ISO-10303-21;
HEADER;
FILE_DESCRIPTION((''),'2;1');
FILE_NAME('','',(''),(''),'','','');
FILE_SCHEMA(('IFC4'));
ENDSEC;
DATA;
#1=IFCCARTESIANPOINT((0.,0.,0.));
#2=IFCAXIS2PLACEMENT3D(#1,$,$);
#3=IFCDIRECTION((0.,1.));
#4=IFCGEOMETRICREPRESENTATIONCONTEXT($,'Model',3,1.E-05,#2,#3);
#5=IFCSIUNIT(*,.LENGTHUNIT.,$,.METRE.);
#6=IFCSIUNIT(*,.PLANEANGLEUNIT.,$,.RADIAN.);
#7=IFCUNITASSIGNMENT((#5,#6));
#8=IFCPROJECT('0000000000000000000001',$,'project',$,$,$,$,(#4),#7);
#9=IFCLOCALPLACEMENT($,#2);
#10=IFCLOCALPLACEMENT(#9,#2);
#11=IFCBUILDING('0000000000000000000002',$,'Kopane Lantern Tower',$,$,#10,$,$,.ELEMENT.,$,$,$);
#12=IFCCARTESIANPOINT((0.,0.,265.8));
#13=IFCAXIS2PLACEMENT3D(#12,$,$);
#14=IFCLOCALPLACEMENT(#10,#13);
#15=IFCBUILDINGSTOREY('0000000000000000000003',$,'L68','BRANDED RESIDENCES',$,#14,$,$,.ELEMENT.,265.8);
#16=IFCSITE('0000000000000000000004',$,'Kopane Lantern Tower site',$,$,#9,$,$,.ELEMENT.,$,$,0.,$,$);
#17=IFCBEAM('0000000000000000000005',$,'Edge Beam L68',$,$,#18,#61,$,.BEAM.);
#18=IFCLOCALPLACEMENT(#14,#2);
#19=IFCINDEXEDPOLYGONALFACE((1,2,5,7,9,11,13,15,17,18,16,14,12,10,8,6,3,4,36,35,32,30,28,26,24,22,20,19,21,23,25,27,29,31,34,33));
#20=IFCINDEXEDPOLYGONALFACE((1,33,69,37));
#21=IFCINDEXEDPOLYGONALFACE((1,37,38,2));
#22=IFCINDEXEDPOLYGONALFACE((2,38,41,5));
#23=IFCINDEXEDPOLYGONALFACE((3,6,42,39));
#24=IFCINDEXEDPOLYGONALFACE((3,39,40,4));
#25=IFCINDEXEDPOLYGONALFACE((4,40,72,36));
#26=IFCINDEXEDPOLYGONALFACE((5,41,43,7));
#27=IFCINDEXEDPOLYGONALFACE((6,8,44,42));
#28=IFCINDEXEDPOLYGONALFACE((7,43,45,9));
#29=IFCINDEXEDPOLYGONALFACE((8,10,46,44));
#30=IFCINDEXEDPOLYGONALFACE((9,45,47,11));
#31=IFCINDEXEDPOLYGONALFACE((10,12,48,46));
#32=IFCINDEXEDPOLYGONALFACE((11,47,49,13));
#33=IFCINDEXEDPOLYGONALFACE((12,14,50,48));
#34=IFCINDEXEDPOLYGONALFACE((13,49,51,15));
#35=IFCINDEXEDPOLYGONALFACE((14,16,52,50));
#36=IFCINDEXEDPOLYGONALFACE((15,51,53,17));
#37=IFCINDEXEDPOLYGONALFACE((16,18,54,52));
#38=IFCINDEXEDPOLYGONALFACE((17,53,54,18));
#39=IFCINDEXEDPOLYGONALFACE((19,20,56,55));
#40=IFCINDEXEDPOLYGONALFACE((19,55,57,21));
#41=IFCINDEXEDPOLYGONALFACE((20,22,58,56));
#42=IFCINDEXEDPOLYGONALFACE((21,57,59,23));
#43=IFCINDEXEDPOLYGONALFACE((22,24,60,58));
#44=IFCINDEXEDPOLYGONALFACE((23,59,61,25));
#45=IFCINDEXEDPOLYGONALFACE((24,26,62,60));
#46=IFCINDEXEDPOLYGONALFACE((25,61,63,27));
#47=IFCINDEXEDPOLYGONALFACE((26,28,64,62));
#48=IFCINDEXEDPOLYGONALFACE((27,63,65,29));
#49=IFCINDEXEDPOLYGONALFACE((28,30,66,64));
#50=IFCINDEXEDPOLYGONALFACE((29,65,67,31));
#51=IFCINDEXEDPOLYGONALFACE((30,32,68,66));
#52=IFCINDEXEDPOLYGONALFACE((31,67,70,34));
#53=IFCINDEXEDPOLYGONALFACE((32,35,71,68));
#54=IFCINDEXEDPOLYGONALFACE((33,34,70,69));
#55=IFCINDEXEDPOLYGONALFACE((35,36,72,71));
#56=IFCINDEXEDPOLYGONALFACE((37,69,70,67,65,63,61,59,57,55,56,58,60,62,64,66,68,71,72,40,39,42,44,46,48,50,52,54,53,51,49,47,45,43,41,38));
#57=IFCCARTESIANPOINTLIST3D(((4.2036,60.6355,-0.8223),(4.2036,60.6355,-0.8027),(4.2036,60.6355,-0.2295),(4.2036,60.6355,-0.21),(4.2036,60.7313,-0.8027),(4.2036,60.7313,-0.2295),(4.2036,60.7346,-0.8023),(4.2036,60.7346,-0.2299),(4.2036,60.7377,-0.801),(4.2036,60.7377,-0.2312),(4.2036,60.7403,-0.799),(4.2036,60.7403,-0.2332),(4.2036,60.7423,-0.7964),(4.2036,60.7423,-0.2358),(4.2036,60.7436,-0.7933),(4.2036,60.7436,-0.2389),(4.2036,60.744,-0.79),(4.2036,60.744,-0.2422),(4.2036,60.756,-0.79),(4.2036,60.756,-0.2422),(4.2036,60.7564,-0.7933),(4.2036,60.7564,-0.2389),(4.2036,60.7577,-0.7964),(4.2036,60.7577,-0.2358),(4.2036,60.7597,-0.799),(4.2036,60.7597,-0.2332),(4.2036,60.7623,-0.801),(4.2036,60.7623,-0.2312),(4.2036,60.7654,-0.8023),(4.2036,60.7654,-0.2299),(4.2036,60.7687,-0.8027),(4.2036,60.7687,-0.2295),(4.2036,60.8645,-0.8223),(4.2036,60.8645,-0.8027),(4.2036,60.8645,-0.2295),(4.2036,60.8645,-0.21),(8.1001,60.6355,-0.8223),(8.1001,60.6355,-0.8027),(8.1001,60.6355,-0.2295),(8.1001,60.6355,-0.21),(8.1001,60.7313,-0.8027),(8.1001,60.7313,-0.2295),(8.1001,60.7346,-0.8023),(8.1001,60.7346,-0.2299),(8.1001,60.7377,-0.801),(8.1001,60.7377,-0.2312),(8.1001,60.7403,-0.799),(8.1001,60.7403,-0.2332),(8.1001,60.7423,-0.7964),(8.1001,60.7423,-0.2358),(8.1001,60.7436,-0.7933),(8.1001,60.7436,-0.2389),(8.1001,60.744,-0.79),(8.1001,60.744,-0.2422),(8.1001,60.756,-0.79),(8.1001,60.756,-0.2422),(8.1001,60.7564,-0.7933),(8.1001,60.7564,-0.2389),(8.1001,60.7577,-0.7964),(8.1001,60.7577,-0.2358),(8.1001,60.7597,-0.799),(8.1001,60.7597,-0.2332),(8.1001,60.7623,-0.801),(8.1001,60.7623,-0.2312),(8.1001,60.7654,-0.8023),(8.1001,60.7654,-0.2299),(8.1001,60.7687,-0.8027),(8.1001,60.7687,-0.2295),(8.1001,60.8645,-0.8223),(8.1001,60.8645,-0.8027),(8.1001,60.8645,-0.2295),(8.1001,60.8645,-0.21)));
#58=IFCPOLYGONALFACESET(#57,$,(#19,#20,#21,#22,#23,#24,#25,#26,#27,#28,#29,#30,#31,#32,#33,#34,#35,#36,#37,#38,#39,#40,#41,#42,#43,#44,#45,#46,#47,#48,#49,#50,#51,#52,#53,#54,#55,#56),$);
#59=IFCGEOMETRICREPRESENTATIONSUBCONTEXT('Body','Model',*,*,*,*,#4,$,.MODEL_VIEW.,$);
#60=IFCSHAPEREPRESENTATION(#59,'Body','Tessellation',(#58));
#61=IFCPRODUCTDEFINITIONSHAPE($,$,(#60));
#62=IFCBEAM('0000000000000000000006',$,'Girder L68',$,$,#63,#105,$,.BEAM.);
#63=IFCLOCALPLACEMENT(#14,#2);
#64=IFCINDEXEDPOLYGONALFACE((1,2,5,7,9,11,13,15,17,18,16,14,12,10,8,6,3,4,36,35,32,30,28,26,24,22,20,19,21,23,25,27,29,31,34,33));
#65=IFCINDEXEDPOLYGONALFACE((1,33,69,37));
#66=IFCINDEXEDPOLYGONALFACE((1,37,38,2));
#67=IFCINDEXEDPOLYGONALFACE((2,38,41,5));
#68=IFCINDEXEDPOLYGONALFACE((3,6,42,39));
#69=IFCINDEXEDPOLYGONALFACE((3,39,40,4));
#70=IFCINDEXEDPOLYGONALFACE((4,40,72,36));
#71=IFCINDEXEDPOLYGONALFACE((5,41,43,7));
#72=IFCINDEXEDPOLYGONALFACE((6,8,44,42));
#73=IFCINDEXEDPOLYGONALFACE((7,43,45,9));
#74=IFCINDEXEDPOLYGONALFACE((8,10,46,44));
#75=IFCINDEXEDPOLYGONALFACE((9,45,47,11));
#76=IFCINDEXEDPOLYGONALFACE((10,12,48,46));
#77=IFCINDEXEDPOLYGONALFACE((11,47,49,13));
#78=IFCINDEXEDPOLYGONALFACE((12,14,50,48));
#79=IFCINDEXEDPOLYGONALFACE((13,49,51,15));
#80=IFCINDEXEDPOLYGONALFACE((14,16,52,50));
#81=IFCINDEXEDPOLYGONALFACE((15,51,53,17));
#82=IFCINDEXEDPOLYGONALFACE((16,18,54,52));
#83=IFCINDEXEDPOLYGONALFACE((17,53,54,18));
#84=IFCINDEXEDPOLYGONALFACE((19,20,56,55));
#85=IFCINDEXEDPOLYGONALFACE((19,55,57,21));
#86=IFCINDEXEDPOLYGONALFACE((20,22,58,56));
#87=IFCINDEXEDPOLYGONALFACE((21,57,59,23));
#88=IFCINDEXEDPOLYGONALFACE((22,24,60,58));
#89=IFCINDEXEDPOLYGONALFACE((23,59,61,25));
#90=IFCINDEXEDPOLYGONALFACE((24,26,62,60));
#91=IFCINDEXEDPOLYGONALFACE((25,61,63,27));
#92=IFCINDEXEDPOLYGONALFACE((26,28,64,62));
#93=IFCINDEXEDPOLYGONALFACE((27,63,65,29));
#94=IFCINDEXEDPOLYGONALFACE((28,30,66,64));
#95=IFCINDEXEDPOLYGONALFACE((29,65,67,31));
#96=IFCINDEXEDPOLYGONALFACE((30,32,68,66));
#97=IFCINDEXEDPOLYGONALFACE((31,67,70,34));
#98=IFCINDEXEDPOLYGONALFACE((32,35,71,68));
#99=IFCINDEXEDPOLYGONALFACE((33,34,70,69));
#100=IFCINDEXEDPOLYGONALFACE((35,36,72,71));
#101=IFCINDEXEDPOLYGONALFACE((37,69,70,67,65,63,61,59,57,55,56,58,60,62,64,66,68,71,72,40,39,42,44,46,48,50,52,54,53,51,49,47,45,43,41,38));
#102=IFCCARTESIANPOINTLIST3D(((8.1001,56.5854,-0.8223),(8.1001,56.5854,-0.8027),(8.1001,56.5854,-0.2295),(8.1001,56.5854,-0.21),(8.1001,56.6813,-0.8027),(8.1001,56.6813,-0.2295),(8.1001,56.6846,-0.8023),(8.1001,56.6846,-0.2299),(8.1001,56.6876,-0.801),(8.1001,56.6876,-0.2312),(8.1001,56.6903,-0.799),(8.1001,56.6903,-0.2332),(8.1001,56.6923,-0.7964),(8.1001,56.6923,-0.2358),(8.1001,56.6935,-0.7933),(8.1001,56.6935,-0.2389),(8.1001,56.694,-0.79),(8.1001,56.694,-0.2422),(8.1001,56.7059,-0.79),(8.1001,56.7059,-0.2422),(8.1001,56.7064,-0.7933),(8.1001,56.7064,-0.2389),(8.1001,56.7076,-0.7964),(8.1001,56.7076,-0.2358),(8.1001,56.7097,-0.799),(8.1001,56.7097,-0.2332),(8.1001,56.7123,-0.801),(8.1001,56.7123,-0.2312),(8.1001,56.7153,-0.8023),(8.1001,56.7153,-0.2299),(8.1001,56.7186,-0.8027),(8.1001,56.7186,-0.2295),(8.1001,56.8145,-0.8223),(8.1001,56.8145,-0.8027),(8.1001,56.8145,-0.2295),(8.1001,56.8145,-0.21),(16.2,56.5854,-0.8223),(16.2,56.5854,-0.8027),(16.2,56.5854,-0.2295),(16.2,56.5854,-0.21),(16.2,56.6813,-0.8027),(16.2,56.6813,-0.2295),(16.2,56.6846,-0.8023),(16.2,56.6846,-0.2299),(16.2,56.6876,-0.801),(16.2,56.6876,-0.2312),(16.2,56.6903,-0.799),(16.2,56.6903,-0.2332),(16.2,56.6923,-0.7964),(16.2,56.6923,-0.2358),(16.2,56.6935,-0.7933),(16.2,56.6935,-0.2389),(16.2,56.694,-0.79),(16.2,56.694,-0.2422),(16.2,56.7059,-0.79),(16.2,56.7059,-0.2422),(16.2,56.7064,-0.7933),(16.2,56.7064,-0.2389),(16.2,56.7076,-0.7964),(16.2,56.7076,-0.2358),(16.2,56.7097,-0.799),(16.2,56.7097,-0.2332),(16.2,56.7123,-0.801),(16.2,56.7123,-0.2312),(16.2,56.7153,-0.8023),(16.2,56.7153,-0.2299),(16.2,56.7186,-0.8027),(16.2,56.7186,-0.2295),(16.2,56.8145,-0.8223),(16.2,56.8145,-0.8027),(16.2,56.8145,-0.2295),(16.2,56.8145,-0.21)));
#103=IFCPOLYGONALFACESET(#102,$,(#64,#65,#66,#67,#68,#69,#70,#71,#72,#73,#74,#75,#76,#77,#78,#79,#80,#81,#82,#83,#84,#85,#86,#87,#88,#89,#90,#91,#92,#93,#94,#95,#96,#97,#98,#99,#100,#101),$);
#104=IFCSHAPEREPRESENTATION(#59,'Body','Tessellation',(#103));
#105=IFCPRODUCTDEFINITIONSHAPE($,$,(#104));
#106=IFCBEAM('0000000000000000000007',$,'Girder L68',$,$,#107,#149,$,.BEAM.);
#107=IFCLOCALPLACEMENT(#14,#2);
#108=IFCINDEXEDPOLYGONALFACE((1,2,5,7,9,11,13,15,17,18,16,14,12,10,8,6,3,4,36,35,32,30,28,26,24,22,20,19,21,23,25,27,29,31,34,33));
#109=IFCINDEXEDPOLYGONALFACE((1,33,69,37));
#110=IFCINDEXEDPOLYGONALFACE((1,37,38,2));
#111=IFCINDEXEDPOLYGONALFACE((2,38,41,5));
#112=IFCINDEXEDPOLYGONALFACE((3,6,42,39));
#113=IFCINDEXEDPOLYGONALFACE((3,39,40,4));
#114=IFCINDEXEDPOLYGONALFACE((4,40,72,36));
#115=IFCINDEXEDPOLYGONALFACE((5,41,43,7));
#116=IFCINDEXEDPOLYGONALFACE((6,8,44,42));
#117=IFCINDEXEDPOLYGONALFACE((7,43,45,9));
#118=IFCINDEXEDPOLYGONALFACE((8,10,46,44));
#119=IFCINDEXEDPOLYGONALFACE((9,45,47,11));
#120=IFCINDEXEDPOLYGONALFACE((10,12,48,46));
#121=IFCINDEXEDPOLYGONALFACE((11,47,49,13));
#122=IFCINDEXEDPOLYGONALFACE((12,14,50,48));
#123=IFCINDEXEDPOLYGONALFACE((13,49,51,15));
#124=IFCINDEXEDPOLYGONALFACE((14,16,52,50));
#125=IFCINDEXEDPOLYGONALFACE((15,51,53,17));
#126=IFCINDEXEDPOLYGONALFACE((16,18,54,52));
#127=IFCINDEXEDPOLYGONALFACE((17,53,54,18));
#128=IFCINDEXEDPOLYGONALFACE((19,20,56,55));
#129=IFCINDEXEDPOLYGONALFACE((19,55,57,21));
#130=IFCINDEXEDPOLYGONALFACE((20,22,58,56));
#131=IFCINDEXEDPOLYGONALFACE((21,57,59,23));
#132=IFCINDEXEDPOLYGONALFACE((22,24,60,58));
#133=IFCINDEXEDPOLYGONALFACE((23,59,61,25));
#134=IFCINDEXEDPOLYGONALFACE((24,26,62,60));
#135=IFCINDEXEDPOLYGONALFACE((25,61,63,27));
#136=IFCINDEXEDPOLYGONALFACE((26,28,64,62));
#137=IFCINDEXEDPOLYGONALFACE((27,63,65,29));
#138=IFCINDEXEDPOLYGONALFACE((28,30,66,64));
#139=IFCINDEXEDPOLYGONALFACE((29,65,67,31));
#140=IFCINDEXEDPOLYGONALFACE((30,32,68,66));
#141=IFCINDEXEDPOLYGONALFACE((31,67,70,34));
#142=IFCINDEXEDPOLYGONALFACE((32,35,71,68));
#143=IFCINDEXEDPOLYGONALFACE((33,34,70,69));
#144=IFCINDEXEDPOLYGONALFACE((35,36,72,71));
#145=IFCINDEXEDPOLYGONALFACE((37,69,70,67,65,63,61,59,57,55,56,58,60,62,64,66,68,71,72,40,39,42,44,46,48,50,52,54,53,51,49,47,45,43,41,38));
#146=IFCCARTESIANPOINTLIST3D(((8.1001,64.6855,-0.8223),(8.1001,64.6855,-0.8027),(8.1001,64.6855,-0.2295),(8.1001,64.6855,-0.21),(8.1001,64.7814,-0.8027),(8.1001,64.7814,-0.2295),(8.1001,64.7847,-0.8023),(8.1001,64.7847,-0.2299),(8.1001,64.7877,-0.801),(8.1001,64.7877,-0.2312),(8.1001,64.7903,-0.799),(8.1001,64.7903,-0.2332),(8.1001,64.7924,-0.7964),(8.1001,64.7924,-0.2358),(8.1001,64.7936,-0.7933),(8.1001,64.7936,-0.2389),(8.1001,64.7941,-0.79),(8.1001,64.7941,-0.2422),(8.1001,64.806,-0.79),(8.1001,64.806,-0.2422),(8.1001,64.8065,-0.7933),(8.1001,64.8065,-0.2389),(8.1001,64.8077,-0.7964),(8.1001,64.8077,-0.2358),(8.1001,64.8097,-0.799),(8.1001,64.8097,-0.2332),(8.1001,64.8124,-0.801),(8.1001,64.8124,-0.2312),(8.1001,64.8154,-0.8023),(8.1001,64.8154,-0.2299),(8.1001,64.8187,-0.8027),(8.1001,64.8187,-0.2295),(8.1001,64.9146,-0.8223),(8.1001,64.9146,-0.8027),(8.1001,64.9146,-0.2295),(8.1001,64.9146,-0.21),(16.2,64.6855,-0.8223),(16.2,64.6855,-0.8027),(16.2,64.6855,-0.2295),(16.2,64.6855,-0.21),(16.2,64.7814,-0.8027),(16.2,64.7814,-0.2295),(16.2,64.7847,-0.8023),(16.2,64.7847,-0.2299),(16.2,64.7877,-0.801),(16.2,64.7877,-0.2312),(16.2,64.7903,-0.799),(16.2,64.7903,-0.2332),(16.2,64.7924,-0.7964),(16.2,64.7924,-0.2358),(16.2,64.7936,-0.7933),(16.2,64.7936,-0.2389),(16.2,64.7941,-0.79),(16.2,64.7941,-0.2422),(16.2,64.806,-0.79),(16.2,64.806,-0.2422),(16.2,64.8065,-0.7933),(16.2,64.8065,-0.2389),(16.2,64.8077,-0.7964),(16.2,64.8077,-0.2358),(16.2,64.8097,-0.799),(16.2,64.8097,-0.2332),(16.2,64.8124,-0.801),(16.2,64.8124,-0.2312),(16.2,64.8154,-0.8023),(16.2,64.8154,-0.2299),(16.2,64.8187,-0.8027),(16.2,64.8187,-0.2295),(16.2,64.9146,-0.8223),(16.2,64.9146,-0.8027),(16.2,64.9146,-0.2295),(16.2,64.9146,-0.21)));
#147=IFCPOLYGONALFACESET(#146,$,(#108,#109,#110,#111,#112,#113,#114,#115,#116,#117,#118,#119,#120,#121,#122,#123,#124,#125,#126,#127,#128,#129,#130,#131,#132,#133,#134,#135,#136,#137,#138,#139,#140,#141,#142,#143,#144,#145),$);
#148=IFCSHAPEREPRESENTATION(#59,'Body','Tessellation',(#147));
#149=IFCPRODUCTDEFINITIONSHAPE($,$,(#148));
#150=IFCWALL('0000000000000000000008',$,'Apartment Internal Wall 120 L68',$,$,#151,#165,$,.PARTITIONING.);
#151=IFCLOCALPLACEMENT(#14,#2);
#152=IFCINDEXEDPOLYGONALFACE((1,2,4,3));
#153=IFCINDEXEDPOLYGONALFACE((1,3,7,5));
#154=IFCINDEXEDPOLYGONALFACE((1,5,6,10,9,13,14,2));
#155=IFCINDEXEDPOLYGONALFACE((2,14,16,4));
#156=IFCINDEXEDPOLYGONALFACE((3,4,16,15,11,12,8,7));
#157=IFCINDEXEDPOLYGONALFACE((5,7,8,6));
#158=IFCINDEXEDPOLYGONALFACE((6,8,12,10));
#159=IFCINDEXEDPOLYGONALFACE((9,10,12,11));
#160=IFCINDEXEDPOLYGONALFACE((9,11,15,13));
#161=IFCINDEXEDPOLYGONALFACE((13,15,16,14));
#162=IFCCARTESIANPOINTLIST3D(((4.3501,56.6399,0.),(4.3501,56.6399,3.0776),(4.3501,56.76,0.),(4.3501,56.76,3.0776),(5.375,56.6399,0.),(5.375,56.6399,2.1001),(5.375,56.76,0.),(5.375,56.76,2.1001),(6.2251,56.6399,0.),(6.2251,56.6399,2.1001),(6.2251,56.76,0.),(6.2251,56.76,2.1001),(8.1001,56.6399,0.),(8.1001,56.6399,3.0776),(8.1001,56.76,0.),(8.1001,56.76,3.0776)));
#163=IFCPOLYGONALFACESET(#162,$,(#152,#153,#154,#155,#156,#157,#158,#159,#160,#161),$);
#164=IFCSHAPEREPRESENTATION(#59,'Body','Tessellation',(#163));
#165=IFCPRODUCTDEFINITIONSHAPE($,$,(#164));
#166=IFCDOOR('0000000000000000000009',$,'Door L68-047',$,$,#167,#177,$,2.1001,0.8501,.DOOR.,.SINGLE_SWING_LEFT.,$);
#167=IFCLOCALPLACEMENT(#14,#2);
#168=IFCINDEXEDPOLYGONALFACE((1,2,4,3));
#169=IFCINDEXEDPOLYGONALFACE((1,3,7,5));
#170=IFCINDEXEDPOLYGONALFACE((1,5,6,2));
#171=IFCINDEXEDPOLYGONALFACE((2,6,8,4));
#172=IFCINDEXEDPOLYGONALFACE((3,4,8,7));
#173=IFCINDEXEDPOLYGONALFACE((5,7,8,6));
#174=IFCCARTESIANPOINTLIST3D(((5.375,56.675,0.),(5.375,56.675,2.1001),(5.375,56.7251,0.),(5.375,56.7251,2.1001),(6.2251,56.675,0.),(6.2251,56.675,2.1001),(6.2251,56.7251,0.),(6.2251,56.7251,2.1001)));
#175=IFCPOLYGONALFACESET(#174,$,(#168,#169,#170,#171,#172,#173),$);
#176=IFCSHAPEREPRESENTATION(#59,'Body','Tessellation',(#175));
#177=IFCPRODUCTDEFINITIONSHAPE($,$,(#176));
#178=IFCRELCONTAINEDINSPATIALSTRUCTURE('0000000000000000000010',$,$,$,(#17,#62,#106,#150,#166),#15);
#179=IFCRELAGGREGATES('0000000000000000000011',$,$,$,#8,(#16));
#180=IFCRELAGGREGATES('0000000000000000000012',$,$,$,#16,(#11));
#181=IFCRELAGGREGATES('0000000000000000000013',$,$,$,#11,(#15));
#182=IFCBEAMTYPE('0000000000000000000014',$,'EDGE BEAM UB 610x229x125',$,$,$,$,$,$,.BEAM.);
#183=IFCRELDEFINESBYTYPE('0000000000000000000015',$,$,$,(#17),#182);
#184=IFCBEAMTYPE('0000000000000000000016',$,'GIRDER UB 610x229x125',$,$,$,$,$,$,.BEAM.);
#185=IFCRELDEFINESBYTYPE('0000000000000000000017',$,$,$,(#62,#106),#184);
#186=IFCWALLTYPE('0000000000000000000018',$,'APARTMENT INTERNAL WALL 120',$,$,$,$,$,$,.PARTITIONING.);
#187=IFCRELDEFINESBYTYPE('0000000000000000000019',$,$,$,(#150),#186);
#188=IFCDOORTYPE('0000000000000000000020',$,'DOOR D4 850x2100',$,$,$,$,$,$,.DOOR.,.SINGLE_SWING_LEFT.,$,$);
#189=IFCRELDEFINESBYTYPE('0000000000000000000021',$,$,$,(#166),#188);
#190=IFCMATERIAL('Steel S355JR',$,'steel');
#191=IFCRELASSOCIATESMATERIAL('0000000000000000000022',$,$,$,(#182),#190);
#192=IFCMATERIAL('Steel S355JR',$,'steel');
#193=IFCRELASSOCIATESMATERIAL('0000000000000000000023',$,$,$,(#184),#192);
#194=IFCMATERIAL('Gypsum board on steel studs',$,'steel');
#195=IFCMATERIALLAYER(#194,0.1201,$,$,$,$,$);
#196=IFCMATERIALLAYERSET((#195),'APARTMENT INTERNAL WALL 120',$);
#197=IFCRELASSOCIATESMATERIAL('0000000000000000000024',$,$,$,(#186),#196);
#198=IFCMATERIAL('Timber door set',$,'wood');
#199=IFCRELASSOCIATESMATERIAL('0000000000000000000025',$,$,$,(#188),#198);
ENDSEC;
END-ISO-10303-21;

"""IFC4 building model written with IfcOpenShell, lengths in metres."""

from ifc_helpers import new_model, si_unit, direction, frame, frame_2d, origin, origin_2d, place, context, subcontext, project, spatial, rectangle, i_section, extrude, material, layer, layer_set, material_profile, profile_set, type_object, element, fill, save


model = new_model("IFC4")

# Units and contexts
model_context = context("Model", 3, precision=1e-05, world=origin(), true_north=direction((0.0, 1.0)))
body_context = subcontext(model_context, "Body", "Model", "MODEL_VIEW")
ifc_project = project(units=[si_unit("LENGTHUNIT", "METRE"), si_unit("PLANEANGLEUNIT", "RADIAN")], contexts=[model_context])

# Site, building, storey
site_placement = place(None, origin())
site = spatial("IfcSite", under=ifc_project, at=site_placement, Name="Kopane Lantern Tower site", CompositionType="ELEMENT", RefElevation=0.0)
building_placement = place(site_placement, origin())
building = spatial("IfcBuilding", under=site, at=building_placement, Name="Kopane Lantern Tower", CompositionType="ELEMENT")
storey_placement = place(building_placement, frame((0.0, 0.0, 265.8)))
storey = spatial("IfcBuildingStorey", under=building, at=storey_placement, Name="L68", Description="BRANDED RESIDENCES", CompositionType="ELEMENT", Elevation=265.8)

# Beams
ifc_material_1 = material(Name="Steel S355JR", Category="steel")
ifc_material_profile_1 = material_profile(ifc_material_1, i_section(OverallWidth=0.229, OverallDepth=0.6123, WebThickness=0.012, FlangeThickness=0.0195, FilletRadius=0.0127, at=origin_2d()), Name="UB 610x229x125")
ifc_profile_set_1 = profile_set([ifc_material_profile_1], Name="Steel S355JR")
beam_type_1 = type_object("IfcBeamType", Name="EDGE BEAM UB 610x229x125", PredefinedType="BEAM", material=ifc_profile_set_1)
beam_1_placement = place(storey_placement, frame((4.2036, 60.75, -0.5161), z_axis=(1.0, 0.0, 0.0), x_axis=(0.0, 1.0, 0.0)))
element("IfcBeam", 1, at=beam_1_placement, inside=storey, type_object=beam_type_1, Name="Edge Beam L68", PredefinedType="BEAM", context=body_context, shape_type="SweptSolid", body=[
    extrude(i_section(OverallWidth=0.229, OverallDepth=0.6123, WebThickness=0.012, FlangeThickness=0.0195, FilletRadius=0.0127, at=origin_2d()), origin(), (0.0, 0.0, 1.0), 3.8965),
])
ifc_material_2 = material(Name="Steel S355JR", Category="steel")
ifc_material_profile_2 = material_profile(ifc_material_2, i_section(OverallWidth=0.229, OverallDepth=0.6123, WebThickness=0.012, FlangeThickness=0.0195, FilletRadius=0.0127, at=origin_2d()), Name="UB 610x229x125")
ifc_profile_set_2 = profile_set([ifc_material_profile_2], Name="Steel S355JR")
beam_type_2 = type_object("IfcBeamType", Name="GIRDER UB 610x229x125", PredefinedType="BEAM", material=ifc_profile_set_2)
for number, where, z_axis, x_axis, name in (
    (2, (8.1001, 56.7, -0.5161), (1.0, 0.0, 0.0), (0.0, 1.0, 0.0), "Girder L68"),
    (3, (8.1001, 64.8, -0.5161), (1.0, 0.0, 0.0), (0.0, 1.0, 0.0), "Girder L68"),
):
    element("IfcBeam", number, at=place(storey_placement, frame(where, z_axis=z_axis, x_axis=x_axis)), inside=storey, type_object=beam_type_2, Name=name, PredefinedType="BEAM", context=body_context, shape_type="SweptSolid", body=[
        extrude(i_section(OverallWidth=0.229, OverallDepth=0.6123, WebThickness=0.012, FlangeThickness=0.0195, FilletRadius=0.0127, at=origin_2d()), origin(), (0.0, 0.0, 1.0), 8.0999),
    ])

# Wall, opening, door
ifc_material_3 = material(Name="Gypsum board on steel studs", Category="steel")
ifc_layer_1 = layer(ifc_material_3, 0.1201)
ifc_layer_set_1 = layer_set([ifc_layer_1], Name="APARTMENT INTERNAL WALL 120")
wall_type_1 = type_object("IfcWallType", Name="APARTMENT INTERNAL WALL 120", PredefinedType="PARTITIONING", material=ifc_layer_set_1)
wall_1_placement = place(storey_placement, frame((8.1001, 56.7, 0.0), z_axis=(0.0, 0.0, 1.0), x_axis=(-1.0, 0.0, 0.0)))
wall_1 = element("IfcWall", 4, at=wall_1_placement, inside=storey, type_object=wall_type_1, Name="Apartment Internal Wall 120 L68", PredefinedType="PARTITIONING", context=body_context, shape_type="SweptSolid", body=[
    extrude(rectangle(XDim=3.75, YDim=0.1201, at=frame_2d((1.875, 0.0))), origin(), (0.0, 0.0, 1.0), 3.0776),
])
opening_1_placement = place(wall_1_placement, frame((1.875, 0.0, 0.0)))
opening_1 = element("IfcOpeningElement", 5, at=opening_1_placement, cuts=wall_1, PredefinedType="OPENING", context=body_context, shape_type="SweptSolid", body=[
    extrude(rectangle(XDim=0.8501, YDim=2.1001, at=frame_2d((0.425, 1.05))), frame((0.0, 0.0701, 0.0), z_axis=(0.0, -1.0, 0.0), x_axis=(1.0, 0.0, 0.0)), (0.0, 0.0, 1.0), 0.1401),
])
ifc_material_4 = material(Name="Timber door set", Category="wood")
door_type = type_object("IfcDoorType", Name="DOOR D4 850x2100", OperationType="SINGLE_SWING_LEFT", PredefinedType="DOOR", material=ifc_material_4)
door_placement = place(opening_1_placement, origin())
door = element("IfcDoor", 6, at=door_placement, inside=storey, type_object=door_type, Name="Door L68-047", OperationType="SINGLE_SWING_LEFT", OverallHeight=2.1001, OverallWidth=0.8501, PredefinedType="DOOR", context=body_context, shape_type="SweptSolid", body=[
    extrude(rectangle(XDim=0.8501, YDim=2.1001, at=frame_2d((0.425, 1.05))), frame((0.0, 0.0249, 0.0), z_axis=(0.0, -1.0, 0.0), x_axis=(1.0, 0.0, 0.0)), (0.0, 0.0, 1.0), 0.05),
])
fill(opening_1, door)

save(model, "model.ifc")
